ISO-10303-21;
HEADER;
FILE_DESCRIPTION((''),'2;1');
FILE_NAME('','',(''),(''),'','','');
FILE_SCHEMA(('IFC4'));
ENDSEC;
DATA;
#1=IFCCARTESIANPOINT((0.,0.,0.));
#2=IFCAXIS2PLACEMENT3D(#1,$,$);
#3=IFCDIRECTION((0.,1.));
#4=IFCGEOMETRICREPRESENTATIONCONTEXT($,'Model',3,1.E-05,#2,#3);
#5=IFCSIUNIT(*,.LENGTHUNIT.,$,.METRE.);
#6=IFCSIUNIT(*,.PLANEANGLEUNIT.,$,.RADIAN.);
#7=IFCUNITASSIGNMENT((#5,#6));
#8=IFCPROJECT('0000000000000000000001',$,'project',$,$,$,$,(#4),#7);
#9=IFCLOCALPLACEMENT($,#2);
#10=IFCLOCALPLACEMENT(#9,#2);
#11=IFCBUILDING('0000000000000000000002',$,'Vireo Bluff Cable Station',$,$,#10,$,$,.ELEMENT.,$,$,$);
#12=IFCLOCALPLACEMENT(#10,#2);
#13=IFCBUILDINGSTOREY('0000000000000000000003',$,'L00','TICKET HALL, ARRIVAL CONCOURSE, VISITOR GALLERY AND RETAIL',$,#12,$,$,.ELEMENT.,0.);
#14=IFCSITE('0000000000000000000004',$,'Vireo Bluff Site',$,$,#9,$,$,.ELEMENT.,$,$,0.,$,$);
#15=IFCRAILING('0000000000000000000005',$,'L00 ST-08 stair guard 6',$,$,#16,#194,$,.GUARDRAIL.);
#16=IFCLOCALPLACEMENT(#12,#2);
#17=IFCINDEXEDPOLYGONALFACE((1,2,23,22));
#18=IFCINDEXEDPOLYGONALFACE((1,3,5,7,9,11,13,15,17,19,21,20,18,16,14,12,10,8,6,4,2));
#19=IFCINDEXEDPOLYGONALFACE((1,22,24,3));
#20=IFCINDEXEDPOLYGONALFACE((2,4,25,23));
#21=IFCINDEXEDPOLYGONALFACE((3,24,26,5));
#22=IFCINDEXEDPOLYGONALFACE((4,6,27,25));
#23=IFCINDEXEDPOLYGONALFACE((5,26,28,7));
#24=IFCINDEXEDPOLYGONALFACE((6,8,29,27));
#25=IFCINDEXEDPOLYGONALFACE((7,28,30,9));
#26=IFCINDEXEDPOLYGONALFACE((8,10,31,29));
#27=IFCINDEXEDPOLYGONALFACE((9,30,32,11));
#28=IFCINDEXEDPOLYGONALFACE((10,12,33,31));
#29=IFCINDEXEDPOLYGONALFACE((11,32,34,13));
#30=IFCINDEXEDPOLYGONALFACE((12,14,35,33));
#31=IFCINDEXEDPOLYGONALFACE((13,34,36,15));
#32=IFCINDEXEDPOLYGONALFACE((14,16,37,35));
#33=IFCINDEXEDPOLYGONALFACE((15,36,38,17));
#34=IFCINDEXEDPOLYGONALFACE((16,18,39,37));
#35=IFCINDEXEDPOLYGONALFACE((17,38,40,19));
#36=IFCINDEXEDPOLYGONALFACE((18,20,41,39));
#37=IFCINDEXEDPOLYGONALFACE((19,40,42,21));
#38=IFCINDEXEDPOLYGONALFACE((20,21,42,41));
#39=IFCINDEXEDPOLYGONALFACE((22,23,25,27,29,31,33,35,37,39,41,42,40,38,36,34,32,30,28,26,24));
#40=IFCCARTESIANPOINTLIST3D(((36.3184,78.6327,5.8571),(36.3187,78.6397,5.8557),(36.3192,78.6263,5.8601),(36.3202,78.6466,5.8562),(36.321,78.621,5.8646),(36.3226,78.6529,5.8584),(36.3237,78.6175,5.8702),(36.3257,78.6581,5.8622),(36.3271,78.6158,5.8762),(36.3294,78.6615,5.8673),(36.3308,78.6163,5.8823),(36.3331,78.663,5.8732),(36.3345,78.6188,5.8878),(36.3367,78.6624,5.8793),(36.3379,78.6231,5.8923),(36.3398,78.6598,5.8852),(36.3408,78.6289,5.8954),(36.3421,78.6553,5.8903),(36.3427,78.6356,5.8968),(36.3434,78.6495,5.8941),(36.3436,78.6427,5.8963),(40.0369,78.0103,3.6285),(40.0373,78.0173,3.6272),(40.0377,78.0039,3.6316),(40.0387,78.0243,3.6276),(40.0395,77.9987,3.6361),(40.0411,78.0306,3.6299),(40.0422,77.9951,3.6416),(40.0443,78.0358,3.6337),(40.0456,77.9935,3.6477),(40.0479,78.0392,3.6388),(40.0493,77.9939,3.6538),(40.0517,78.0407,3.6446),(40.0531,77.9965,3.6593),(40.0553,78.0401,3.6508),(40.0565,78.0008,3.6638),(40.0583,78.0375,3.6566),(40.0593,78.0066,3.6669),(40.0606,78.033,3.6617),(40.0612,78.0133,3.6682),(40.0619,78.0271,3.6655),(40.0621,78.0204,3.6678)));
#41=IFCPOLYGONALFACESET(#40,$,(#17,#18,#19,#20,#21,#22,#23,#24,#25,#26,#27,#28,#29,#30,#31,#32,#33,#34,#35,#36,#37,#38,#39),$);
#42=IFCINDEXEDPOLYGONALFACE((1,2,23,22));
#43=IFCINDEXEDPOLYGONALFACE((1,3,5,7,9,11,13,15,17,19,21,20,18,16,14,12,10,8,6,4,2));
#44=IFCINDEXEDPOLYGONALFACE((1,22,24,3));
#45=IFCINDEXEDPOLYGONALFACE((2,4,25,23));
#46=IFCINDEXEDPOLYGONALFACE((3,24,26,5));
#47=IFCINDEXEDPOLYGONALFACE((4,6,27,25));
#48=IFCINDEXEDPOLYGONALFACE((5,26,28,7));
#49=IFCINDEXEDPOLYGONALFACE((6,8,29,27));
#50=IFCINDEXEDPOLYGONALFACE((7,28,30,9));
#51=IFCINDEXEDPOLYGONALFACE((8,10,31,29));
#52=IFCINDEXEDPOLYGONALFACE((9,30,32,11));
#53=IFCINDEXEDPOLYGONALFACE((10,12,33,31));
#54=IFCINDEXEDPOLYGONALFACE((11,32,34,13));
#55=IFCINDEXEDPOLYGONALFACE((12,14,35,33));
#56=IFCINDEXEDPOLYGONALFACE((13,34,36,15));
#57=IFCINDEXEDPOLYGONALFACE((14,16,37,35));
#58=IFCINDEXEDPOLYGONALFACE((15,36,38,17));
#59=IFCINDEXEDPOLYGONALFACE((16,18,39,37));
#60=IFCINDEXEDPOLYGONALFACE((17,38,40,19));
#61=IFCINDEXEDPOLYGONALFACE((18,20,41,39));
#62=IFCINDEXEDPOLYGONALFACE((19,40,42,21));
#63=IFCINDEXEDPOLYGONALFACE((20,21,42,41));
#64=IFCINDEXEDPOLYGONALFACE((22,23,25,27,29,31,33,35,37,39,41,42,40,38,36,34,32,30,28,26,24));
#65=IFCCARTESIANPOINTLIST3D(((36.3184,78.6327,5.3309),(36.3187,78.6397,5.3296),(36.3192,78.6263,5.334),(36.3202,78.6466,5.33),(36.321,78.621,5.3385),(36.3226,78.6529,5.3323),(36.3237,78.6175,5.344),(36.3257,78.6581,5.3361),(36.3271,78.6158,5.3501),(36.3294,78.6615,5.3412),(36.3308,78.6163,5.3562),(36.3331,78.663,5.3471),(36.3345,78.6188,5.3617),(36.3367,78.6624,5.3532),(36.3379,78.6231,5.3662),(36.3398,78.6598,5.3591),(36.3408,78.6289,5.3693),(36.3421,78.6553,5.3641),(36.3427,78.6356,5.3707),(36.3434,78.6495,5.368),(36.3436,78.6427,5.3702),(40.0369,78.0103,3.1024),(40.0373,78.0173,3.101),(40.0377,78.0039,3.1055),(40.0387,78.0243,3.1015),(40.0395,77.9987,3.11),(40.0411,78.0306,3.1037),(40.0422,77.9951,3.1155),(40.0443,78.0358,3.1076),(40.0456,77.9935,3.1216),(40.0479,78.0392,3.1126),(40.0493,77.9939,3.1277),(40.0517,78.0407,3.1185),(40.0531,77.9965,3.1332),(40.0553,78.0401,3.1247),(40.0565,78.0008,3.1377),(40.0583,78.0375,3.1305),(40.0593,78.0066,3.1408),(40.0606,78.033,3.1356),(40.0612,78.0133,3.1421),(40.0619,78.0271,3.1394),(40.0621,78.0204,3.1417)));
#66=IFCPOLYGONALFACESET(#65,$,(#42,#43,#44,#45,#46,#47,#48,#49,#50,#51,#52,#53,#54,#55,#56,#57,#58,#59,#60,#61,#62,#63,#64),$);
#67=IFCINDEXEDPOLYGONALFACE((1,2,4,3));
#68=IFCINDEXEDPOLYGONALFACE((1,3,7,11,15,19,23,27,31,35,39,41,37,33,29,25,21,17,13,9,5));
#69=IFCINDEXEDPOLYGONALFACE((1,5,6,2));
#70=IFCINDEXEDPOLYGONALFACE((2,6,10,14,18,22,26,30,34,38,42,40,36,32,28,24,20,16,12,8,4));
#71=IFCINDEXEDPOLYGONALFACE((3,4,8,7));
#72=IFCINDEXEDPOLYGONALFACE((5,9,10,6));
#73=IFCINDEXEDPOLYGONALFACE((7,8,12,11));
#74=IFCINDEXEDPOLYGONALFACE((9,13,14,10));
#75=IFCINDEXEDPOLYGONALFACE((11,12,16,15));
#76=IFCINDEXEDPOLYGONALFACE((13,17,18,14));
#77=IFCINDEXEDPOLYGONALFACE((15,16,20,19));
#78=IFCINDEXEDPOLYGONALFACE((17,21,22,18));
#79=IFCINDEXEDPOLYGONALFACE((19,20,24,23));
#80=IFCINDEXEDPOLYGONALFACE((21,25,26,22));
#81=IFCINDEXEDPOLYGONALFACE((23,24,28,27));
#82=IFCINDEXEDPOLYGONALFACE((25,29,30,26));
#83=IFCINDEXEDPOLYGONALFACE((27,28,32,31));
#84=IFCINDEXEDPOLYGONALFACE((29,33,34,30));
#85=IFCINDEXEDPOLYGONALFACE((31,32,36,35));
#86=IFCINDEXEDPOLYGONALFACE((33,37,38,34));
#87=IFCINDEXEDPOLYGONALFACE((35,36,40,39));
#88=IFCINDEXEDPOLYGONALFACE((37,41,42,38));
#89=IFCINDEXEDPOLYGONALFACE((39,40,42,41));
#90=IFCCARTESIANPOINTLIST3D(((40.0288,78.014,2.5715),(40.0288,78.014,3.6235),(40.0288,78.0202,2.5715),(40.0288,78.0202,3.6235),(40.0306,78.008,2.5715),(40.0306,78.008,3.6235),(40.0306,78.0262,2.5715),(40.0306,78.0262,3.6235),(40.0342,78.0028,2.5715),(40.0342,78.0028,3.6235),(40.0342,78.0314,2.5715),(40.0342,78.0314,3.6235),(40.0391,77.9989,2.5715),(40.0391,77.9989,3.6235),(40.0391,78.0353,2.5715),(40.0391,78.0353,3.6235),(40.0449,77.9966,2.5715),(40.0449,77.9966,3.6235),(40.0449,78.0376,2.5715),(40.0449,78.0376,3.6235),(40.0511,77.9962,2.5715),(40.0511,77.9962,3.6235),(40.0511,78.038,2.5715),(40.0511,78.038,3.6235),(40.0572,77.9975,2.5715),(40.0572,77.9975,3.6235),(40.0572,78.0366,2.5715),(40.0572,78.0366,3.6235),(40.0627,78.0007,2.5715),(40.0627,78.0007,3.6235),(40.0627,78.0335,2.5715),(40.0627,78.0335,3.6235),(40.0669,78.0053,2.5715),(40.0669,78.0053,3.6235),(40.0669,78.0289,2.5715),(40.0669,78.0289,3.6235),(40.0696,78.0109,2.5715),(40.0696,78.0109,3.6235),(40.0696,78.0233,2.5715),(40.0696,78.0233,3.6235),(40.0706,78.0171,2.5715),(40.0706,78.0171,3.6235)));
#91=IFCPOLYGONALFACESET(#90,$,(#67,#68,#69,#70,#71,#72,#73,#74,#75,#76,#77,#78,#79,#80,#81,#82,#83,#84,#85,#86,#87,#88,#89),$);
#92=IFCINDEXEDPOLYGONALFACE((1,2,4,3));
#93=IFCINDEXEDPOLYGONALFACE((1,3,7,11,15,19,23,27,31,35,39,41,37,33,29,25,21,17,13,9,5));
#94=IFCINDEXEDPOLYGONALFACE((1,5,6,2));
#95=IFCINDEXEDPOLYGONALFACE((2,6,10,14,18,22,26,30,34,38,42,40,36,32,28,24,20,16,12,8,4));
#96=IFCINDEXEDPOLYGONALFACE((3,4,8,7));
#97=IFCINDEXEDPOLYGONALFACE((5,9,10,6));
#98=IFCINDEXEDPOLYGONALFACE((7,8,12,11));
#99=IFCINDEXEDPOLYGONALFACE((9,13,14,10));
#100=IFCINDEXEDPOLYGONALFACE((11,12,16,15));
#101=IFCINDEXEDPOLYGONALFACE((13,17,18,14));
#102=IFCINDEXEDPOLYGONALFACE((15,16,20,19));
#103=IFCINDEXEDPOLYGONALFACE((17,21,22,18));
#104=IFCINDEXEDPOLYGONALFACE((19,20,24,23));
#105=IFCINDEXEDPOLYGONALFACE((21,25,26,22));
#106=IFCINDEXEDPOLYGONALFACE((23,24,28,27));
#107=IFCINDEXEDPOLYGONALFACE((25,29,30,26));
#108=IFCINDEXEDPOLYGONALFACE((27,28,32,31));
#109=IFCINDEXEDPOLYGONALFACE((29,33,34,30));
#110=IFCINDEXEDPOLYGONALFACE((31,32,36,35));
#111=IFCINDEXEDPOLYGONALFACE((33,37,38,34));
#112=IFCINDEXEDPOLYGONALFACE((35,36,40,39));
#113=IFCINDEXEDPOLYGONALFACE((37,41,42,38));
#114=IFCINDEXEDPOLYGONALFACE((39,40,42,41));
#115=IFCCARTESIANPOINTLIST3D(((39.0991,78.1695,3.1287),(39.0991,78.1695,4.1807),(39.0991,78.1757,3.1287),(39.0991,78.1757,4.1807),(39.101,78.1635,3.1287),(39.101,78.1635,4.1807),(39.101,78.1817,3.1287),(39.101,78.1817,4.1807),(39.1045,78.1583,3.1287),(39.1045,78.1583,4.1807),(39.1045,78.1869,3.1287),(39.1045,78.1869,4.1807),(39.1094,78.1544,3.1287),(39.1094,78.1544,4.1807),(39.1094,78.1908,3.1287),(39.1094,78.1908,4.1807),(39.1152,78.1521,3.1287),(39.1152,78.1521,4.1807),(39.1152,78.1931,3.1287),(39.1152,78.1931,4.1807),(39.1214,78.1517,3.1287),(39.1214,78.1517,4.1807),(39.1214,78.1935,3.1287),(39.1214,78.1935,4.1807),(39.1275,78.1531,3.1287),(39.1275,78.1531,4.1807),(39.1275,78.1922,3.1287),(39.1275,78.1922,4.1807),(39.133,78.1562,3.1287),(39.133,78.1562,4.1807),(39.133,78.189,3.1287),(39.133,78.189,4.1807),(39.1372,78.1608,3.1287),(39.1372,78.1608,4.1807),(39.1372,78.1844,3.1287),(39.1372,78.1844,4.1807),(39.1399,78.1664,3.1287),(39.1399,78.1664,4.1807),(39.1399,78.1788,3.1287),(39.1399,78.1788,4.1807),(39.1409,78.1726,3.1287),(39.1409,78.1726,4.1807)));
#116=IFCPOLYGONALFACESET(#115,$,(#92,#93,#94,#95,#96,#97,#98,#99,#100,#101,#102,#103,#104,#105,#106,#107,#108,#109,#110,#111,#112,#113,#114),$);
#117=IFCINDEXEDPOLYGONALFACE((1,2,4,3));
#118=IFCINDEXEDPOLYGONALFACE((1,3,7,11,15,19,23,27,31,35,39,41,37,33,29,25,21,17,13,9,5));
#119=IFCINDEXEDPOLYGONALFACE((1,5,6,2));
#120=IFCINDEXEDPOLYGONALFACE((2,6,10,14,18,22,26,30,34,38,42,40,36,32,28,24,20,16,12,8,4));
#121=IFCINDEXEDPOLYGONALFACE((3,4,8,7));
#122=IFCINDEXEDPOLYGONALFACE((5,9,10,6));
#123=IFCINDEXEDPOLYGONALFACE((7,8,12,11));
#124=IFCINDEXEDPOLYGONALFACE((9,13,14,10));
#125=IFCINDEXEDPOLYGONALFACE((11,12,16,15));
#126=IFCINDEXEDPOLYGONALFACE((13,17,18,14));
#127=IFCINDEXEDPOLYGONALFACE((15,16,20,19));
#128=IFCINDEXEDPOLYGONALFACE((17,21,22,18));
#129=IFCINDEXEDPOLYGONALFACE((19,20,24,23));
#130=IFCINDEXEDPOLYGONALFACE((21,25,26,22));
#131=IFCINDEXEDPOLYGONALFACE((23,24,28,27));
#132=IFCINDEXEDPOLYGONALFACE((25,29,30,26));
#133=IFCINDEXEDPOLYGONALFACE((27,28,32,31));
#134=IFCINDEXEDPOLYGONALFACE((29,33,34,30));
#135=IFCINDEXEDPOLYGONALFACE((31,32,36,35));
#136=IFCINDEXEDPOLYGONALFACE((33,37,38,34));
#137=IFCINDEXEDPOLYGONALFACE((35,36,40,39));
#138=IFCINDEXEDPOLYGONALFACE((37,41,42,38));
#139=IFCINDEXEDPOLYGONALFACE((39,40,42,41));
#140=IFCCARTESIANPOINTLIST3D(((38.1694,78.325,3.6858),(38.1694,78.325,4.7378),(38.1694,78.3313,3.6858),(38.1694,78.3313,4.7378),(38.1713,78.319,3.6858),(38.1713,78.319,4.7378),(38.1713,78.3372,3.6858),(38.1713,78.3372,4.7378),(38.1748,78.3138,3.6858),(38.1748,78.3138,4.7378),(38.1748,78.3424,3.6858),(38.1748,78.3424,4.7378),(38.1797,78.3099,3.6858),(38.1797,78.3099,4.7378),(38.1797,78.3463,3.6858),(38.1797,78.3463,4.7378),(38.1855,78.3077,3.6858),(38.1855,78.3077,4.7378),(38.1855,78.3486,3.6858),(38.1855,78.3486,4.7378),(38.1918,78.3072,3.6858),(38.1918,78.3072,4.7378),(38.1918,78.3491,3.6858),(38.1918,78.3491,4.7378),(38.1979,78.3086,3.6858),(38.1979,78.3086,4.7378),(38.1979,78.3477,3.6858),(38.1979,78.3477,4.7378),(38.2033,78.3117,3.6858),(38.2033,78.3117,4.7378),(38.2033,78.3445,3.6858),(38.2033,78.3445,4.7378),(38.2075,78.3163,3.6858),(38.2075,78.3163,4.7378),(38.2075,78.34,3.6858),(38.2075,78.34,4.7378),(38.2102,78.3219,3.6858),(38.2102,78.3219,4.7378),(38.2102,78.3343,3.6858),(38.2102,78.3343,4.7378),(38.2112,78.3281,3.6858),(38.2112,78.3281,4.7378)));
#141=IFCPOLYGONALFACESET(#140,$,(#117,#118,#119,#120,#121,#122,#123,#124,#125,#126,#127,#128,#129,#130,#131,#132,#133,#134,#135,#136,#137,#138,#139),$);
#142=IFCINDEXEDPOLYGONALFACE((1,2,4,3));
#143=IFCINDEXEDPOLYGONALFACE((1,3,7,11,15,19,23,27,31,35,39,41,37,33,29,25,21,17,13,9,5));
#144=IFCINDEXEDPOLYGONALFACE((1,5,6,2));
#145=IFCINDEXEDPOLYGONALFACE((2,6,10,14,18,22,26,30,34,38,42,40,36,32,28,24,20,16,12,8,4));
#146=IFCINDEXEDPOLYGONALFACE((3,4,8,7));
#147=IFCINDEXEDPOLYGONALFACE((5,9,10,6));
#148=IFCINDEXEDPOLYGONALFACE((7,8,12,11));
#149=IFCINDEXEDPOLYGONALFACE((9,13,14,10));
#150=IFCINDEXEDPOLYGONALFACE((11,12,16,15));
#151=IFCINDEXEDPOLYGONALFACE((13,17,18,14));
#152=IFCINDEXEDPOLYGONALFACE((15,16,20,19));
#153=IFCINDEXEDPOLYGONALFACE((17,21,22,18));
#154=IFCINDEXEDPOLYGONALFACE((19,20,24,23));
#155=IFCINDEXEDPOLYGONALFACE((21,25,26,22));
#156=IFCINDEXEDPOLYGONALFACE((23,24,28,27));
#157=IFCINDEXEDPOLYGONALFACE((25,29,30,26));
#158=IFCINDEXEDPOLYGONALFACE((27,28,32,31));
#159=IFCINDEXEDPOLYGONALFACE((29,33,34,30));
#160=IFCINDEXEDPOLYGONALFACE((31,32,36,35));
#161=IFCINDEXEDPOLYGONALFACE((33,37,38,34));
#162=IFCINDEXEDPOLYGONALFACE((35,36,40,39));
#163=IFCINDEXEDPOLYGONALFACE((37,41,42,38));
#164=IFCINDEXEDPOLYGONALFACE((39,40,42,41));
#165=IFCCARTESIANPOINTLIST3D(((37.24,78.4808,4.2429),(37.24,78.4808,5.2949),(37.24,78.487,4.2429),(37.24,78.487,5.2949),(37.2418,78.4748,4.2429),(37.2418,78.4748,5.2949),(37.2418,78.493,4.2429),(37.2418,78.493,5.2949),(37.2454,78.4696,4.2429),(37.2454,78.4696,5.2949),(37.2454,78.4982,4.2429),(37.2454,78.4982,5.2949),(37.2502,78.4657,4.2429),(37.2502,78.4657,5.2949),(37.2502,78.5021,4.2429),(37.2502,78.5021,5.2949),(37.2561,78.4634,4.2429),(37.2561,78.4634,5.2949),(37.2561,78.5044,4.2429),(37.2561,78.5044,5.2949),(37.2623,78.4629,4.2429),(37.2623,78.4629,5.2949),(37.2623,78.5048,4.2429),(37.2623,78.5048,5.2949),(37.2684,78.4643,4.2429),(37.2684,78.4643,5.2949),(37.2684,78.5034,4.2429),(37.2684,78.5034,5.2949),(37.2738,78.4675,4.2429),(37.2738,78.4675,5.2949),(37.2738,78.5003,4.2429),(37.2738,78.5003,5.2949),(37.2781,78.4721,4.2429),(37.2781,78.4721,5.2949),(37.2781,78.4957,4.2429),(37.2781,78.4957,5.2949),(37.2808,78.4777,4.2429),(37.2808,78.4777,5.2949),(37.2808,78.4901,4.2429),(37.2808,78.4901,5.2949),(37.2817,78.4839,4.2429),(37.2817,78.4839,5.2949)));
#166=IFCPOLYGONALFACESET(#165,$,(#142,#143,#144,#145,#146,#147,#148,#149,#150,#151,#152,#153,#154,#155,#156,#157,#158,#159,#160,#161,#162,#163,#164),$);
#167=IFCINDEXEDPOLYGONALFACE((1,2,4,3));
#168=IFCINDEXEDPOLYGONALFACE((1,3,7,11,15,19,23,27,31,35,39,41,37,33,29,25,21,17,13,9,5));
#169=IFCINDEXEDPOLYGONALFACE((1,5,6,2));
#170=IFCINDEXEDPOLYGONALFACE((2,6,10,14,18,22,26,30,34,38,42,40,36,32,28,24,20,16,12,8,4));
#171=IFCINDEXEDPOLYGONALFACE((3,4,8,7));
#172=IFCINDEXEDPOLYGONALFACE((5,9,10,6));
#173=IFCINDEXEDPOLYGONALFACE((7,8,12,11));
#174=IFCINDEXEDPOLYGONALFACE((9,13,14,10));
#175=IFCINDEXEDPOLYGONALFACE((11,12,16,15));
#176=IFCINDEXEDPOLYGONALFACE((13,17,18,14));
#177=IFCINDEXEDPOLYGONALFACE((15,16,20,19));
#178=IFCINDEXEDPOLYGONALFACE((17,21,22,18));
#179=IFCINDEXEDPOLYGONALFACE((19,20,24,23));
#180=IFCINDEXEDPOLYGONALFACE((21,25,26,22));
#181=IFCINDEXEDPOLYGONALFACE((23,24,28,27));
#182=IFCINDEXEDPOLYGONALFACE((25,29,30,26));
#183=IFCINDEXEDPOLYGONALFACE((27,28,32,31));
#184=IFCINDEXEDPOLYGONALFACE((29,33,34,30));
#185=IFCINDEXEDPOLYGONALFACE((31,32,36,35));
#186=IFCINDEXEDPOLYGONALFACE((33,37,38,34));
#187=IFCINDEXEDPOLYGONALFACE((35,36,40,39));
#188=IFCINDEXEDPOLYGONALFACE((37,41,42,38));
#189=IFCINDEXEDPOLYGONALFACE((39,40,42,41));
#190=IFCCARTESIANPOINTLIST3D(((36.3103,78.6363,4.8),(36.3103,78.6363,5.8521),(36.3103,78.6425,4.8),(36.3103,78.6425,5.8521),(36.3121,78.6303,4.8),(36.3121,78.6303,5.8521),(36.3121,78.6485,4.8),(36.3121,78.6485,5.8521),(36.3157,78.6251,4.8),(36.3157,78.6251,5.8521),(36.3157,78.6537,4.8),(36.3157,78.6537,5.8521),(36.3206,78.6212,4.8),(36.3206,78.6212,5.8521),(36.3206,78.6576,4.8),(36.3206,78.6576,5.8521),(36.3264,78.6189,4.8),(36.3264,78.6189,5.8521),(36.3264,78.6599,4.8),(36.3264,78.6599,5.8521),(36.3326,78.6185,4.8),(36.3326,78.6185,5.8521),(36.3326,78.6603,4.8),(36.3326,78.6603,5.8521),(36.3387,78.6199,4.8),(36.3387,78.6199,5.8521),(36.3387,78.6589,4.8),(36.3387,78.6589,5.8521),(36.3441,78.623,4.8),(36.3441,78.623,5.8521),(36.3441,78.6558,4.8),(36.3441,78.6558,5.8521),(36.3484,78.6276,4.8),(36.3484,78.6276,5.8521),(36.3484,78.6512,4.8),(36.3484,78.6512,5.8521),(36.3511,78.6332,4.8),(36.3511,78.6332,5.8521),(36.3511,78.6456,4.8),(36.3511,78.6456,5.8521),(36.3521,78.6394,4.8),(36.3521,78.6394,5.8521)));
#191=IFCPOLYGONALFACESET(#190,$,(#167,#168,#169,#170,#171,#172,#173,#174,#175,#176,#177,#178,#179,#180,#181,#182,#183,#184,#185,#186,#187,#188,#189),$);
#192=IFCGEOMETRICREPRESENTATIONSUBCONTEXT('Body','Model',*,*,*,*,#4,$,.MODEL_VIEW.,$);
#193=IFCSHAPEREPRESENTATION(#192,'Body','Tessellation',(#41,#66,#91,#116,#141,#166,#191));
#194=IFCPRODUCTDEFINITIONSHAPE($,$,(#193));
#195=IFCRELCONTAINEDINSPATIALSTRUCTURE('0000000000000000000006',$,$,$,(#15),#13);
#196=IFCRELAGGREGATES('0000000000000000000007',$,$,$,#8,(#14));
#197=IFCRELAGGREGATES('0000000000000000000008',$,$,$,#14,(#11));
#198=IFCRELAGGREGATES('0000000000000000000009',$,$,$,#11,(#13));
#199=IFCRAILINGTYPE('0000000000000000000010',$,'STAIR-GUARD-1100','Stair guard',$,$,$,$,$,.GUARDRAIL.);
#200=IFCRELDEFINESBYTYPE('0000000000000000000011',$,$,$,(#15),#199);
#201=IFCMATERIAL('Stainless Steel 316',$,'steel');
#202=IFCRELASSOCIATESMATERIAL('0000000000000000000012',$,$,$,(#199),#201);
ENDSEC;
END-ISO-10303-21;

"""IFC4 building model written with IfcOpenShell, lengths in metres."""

from ifc_helpers import new_model, si_unit, direction, frame, origin, origin_2d, place, context, subcontext, project, spatial, circle, extrude, material, type_object, element, save


model = new_model("IFC4")

# Units and contexts
model_context = context("Model", 3, precision=1e-05, world=origin(), true_north=direction((0.0, 1.0)))
body_context = subcontext(model_context, "Body", "Model", "MODEL_VIEW")
ifc_project = project(units=[si_unit("LENGTHUNIT", "METRE"), si_unit("PLANEANGLEUNIT", "RADIAN")], contexts=[model_context])

# Site, building, storey
site_placement = place(None, origin())
site = spatial("IfcSite", under=ifc_project, at=site_placement, Name="Vireo Bluff Site", CompositionType="ELEMENT", RefElevation=0.0)
building_placement = place(site_placement, origin())
building = spatial("IfcBuilding", under=site, at=building_placement, Name="Vireo Bluff Cable Station", CompositionType="ELEMENT")
storey_placement = place(building_placement, origin())
storey = spatial("IfcBuildingStorey", under=building, at=storey_placement, Name="L00", Description="TICKET HALL, ARRIVAL CONCOURSE, VISITOR GALLERY AND RETAIL", CompositionType="ELEMENT", Elevation=0.0)

# Railing
ifc_material_1 = material(Name="Stainless Steel 316", Category="steel")
railing_type = type_object("IfcRailingType", Name="STAIR-GUARD-1100", Description="Stair guard", PredefinedType="GUARDRAIL", material=ifc_material_1)
railing_1_placement = place(storey_placement, frame((40.0496, 78.0171, 2.5715)))
element("IfcRailing", 1, at=railing_1_placement, inside=storey, type_object=railing_type, Name="L00 ST-08 stair guard 6", PredefinedType="GUARDRAIL", context=body_context, shape_type="SweptSolid", body=[
    extrude(circle(Radius=0.0239, at=origin_2d()), frame((0.0, 0.0, 1.0762), z_axis=(-0.849053, 0.142094, 0.508841), x_axis=(-0.165061, -0.986283, 0.0)), (0.0, 0.0, 1.0), 4.3796),
    extrude(circle(Radius=0.0239, at=origin_2d()), frame((0.0, 0.0, 0.55), z_axis=(-0.849053, 0.142094, 0.508841), x_axis=(-0.165061, -0.986283, 0.0)), (0.0, 0.0, 1.0), 4.3796),
    extrude(circle(Radius=0.021, at=origin_2d()), origin(), (0.0, 0.0, 1.0), 1.052),
    extrude(circle(Radius=0.021, at=origin_2d()), frame((-0.9297, 0.1555, 0.5571)), (0.0, 0.0, 1.0), 1.052),
    extrude(circle(Radius=0.021, at=origin_2d()), frame((-1.8594, 0.311, 1.1143)), (0.0, 0.0, 1.0), 1.052),
    extrude(circle(Radius=0.021, at=origin_2d()), frame((-2.7888, 0.4668, 1.6714)), (0.0, 0.0, 1.0), 1.052),
    extrude(circle(Radius=0.021, at=origin_2d()), frame((-3.7185, 0.6223, 2.2285)), (0.0, 0.0, 1.0), 1.052),
])

save(model, "model.ifc")
